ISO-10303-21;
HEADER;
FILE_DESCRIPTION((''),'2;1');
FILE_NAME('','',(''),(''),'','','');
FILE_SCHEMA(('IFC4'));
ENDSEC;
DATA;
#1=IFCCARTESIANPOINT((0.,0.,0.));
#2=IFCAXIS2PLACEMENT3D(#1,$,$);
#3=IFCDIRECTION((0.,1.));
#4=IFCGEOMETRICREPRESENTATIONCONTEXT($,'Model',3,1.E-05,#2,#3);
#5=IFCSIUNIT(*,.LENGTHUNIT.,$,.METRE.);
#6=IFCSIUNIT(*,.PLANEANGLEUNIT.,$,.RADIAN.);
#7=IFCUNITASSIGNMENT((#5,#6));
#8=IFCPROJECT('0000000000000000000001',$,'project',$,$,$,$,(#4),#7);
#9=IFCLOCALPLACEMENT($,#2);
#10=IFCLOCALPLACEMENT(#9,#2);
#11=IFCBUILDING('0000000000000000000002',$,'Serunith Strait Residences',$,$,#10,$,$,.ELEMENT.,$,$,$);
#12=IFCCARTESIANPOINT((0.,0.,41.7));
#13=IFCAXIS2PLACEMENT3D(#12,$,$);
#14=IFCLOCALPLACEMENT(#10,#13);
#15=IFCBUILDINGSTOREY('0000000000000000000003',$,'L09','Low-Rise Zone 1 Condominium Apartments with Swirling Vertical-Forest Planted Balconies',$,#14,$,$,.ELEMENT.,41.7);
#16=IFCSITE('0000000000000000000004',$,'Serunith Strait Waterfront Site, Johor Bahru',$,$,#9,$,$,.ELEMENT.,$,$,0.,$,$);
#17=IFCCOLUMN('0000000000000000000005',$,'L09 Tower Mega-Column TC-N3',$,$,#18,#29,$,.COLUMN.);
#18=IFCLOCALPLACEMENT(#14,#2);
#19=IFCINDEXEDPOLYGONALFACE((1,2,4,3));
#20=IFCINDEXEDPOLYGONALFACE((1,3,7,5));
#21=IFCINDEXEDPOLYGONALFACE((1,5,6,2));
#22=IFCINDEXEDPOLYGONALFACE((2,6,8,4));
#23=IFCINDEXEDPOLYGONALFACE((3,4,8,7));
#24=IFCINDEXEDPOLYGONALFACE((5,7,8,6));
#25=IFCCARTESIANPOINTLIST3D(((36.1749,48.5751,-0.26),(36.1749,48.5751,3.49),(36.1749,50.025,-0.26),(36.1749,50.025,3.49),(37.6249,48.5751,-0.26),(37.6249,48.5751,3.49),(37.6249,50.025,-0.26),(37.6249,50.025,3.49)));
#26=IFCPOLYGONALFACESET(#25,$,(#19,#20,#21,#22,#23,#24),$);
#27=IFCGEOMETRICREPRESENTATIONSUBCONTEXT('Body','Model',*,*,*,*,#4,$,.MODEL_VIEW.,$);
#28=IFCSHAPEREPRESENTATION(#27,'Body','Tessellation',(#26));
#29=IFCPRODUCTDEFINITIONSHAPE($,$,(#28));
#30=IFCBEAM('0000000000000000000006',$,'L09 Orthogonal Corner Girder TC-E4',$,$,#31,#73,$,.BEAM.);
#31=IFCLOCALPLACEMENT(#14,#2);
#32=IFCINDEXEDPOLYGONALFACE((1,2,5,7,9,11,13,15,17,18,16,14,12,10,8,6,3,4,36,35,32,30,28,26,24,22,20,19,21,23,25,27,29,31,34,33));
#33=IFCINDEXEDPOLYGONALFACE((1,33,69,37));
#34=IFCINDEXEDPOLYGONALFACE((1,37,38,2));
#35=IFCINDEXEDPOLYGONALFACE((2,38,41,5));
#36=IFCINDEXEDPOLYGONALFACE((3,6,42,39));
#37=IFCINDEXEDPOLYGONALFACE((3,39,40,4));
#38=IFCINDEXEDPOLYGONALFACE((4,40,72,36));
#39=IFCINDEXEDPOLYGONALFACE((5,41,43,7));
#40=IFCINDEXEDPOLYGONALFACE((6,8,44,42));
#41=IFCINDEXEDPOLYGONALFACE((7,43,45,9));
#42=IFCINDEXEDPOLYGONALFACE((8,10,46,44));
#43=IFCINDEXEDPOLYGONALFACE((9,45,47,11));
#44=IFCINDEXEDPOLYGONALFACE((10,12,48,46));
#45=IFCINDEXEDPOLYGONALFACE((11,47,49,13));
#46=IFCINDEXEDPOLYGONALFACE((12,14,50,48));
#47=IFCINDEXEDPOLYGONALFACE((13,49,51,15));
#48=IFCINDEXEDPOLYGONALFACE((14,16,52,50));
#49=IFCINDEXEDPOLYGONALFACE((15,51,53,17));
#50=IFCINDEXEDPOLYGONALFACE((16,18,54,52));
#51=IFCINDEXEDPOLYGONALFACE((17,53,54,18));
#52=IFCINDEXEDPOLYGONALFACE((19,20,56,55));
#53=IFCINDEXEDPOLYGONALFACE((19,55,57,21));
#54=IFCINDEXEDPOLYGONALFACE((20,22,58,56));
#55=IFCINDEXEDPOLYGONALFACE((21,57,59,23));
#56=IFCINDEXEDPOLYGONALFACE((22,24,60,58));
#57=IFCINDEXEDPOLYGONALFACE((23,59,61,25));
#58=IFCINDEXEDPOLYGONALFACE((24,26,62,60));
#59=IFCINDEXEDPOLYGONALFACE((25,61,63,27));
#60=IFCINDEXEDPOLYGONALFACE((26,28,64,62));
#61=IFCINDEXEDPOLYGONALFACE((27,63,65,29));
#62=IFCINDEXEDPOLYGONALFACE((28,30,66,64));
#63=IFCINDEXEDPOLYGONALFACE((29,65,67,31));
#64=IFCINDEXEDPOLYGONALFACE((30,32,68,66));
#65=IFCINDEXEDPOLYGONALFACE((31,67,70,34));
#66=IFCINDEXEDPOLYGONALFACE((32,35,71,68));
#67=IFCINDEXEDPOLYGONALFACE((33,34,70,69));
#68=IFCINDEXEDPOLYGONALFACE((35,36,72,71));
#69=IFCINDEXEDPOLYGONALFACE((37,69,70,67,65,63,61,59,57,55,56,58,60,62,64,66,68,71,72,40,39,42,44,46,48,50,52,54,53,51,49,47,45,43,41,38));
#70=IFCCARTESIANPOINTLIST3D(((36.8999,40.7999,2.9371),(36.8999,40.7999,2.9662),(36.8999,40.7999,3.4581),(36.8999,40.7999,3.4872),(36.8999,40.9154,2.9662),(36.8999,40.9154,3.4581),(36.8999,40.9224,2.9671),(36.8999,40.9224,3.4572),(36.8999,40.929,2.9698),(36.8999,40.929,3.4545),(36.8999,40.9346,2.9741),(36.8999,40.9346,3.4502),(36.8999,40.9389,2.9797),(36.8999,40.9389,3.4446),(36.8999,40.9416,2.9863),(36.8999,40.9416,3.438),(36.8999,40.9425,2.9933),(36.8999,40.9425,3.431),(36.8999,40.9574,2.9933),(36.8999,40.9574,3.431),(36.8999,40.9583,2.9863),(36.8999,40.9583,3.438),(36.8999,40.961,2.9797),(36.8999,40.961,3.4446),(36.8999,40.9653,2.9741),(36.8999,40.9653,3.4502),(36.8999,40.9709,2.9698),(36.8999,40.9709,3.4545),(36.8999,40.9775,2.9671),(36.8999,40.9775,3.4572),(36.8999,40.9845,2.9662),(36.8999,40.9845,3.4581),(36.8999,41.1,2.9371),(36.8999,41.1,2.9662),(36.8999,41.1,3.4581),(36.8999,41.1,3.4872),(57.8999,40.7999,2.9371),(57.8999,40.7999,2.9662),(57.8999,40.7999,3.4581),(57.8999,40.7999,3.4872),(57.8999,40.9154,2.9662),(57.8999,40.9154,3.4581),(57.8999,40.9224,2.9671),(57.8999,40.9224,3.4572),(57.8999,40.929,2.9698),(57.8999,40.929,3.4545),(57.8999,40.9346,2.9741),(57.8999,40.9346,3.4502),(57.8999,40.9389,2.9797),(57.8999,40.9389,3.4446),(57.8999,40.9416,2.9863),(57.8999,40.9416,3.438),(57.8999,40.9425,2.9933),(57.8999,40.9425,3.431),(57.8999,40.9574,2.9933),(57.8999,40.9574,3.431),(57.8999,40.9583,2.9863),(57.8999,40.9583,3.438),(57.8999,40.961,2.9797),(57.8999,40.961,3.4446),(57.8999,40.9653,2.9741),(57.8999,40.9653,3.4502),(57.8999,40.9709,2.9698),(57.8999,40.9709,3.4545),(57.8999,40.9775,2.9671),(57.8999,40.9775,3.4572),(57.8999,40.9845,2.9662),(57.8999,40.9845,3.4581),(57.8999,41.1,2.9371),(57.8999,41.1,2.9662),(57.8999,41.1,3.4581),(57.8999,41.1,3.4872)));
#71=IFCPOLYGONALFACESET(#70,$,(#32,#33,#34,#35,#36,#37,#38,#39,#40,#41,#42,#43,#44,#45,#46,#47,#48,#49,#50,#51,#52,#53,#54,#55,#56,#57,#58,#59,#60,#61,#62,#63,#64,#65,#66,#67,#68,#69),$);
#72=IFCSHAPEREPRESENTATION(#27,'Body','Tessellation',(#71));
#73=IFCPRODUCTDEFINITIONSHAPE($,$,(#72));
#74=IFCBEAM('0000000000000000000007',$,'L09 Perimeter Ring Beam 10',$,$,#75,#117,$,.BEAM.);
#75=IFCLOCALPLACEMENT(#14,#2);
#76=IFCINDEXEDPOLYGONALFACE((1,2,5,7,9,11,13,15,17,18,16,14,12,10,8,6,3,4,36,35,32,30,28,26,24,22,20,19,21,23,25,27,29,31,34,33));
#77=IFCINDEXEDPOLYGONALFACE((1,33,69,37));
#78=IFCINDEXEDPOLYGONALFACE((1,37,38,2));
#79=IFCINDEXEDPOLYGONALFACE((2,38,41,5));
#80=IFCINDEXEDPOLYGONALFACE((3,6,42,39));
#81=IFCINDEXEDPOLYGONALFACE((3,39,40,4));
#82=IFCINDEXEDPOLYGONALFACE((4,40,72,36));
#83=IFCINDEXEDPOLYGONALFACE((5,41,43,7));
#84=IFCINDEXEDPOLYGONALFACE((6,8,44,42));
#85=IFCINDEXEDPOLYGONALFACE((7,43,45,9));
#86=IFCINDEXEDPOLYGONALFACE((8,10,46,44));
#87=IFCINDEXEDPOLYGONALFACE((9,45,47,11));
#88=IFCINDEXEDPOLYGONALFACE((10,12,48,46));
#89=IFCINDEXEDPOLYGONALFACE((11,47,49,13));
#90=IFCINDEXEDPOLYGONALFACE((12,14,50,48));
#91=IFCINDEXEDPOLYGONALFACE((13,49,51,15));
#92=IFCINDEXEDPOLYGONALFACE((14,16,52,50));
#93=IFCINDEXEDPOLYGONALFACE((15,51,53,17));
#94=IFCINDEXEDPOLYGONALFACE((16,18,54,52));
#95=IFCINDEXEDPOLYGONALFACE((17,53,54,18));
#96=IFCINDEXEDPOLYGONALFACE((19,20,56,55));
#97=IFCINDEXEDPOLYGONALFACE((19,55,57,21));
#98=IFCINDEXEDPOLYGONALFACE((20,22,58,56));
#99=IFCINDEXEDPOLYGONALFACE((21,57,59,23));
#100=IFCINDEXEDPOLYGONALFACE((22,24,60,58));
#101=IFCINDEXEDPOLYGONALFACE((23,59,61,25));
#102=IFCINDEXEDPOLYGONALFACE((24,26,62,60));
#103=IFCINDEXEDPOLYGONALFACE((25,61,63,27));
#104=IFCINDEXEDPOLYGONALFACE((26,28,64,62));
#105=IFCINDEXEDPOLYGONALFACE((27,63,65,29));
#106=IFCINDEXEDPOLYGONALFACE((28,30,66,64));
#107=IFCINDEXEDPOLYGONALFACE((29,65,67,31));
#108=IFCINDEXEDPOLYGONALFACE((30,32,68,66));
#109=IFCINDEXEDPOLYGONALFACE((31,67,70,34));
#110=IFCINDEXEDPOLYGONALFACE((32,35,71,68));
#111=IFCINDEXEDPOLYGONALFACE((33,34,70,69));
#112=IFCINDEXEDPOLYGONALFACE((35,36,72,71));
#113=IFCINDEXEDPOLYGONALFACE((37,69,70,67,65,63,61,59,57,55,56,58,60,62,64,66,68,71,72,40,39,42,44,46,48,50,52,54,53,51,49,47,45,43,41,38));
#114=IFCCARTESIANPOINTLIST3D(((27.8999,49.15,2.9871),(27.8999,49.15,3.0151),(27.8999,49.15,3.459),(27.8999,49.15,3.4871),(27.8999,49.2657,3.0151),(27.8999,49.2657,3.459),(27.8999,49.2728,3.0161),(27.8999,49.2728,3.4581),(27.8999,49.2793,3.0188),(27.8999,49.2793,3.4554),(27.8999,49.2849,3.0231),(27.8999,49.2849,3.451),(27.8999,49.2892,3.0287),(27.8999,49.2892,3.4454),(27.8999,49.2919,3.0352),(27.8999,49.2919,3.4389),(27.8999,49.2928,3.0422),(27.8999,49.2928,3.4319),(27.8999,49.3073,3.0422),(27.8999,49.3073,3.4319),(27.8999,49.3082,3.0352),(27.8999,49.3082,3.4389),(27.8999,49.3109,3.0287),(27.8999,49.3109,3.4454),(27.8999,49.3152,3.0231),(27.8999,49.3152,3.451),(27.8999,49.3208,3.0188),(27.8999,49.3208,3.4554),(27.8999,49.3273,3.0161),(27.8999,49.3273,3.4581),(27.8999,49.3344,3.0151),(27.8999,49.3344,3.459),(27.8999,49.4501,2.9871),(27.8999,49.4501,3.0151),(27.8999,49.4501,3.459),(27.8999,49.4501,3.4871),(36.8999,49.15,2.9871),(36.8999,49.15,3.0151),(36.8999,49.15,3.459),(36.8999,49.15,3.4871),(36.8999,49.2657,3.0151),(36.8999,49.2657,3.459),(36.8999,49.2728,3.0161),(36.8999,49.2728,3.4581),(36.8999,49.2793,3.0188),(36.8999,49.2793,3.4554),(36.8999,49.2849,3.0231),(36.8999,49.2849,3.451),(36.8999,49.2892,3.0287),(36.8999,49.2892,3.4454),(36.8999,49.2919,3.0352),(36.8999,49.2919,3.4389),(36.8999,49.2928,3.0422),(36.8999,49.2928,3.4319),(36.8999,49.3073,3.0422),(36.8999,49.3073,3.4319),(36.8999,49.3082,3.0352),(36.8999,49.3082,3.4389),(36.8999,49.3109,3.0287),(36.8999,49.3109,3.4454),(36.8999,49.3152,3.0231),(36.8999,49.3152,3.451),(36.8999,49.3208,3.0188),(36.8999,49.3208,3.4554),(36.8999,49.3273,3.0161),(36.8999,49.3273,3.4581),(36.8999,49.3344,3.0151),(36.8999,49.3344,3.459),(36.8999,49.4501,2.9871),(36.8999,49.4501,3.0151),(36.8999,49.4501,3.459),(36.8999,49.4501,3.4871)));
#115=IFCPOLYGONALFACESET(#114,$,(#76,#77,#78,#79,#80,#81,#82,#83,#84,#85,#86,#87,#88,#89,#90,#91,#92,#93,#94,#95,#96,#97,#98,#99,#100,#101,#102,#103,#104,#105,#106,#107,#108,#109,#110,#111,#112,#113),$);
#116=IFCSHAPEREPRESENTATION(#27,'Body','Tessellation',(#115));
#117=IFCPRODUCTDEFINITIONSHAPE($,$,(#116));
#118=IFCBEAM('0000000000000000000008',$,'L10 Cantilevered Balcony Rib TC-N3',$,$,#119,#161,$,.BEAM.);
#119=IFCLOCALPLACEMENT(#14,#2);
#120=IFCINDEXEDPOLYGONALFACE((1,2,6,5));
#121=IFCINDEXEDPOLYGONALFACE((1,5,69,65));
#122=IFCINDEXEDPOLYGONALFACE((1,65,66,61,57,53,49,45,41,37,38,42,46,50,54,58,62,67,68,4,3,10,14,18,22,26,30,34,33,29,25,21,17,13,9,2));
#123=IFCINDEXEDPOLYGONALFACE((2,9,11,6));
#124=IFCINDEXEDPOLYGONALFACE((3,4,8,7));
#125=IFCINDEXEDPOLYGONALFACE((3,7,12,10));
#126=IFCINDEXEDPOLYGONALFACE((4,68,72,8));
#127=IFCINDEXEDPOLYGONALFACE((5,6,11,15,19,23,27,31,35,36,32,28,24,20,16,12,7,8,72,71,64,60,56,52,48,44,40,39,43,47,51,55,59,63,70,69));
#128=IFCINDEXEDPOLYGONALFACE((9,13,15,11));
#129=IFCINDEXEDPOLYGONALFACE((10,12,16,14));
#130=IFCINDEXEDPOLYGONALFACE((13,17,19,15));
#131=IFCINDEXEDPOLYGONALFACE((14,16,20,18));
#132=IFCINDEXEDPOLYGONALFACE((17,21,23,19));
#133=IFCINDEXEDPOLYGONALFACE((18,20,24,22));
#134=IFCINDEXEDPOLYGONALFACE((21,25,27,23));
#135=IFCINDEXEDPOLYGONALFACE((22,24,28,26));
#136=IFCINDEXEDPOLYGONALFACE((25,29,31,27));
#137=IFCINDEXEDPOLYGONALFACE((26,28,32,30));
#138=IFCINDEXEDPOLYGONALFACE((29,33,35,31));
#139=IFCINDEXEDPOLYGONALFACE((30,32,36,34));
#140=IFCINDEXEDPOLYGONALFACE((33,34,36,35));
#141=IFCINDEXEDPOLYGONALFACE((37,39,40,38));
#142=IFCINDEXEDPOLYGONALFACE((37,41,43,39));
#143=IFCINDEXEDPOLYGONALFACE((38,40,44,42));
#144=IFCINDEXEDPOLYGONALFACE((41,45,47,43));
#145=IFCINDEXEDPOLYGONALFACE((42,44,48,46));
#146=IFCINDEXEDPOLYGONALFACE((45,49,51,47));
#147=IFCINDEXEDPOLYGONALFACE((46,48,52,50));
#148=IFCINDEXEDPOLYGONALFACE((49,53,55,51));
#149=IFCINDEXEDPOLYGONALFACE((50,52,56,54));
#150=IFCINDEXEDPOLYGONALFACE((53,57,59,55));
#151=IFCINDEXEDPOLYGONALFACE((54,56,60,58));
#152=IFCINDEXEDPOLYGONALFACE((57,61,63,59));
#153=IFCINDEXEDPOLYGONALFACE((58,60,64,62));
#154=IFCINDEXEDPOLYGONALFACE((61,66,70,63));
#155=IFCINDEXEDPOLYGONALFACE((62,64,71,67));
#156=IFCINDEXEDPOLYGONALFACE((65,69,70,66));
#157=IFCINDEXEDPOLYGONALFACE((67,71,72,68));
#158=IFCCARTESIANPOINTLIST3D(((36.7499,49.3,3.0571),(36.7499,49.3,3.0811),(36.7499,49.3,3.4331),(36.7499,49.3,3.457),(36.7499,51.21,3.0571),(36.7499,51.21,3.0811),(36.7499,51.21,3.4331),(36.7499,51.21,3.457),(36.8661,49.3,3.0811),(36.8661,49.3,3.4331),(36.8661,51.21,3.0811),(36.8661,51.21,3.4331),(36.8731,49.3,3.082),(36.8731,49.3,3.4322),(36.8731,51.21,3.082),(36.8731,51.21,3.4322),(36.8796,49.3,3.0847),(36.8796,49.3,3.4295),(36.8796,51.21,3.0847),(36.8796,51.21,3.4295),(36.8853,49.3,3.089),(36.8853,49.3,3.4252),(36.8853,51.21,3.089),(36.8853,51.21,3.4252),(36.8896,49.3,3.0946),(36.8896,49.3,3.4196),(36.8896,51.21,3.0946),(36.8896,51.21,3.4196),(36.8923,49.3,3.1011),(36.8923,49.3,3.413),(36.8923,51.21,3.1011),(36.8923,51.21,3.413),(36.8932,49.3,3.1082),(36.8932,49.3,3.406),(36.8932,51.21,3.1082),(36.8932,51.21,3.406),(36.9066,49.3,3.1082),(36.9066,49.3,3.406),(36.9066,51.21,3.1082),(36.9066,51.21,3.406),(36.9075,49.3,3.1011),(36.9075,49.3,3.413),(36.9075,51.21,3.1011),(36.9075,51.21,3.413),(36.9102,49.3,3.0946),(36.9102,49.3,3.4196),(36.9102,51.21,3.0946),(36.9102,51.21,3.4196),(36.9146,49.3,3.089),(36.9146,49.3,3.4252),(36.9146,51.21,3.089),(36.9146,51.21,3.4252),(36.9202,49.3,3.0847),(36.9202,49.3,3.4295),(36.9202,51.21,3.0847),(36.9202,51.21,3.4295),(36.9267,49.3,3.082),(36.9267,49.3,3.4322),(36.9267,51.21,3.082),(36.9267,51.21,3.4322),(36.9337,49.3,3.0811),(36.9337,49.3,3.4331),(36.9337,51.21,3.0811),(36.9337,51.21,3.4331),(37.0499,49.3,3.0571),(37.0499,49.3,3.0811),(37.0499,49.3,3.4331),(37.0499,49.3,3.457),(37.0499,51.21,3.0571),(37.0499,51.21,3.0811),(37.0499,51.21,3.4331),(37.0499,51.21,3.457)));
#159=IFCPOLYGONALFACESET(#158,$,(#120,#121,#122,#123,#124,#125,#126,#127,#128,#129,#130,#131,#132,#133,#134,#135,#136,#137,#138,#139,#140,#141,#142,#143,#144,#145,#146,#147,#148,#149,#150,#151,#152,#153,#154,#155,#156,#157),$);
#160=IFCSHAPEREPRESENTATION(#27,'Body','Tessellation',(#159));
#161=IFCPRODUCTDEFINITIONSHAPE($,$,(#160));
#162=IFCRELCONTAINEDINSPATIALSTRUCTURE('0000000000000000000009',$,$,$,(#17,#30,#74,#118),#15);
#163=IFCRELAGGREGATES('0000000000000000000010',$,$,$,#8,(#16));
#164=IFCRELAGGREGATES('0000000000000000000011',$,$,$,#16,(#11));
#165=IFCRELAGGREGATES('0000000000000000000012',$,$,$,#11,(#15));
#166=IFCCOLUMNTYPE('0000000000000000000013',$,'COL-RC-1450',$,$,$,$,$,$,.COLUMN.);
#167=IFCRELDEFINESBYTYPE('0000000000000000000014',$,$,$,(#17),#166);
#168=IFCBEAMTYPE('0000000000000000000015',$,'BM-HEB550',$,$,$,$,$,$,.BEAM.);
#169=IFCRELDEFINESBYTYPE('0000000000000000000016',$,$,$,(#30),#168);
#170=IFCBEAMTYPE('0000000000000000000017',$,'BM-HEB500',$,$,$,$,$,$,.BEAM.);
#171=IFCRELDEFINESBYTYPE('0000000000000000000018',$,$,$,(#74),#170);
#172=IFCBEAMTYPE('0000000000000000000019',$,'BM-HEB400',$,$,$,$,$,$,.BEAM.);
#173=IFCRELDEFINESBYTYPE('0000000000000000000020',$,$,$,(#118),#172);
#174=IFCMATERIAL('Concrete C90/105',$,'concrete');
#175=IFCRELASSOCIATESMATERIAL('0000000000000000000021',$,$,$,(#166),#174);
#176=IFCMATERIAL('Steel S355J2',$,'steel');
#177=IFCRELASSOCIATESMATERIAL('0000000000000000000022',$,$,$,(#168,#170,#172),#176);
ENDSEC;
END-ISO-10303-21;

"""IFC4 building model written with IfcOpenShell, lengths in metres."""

from ifc_helpers import new_model, si_unit, direction, frame, origin, origin_2d, place, context, subcontext, project, spatial, rectangle, i_section, extrude, source, transform, mapped, material, material_profile, profile_set, type_object, element, save


model = new_model("IFC4")

# Units and contexts
model_context = context("Model", 3, precision=1e-05, world=origin(), true_north=direction((0.0, 1.0)))
body_context = subcontext(model_context, "Body", "Model", "MODEL_VIEW")
ifc_project = project(units=[si_unit("LENGTHUNIT", "METRE"), si_unit("PLANEANGLEUNIT", "RADIAN")], contexts=[model_context])

# Site, building, storey
site_placement = place(None, origin())
site = spatial("IfcSite", under=ifc_project, at=site_placement, Name="Serunith Strait Waterfront Site, Johor Bahru", CompositionType="ELEMENT", RefElevation=0.0)
building_placement = place(site_placement, origin())
building = spatial("IfcBuilding", under=site, at=building_placement, Name="Serunith Strait Residences", CompositionType="ELEMENT")
storey_placement = place(building_placement, frame((0.0, 0.0, 41.7)))
storey = spatial("IfcBuildingStorey", under=building, at=storey_placement, Name="L09", Description="Low-Rise Zone 1 Condominium Apartments with Swirling Vertical-Forest Planted Balconies", CompositionType="ELEMENT", Elevation=41.7)

# Column
ifc_material_1 = material(Name="Concrete C90/105", Category="concrete")
ifc_material_profile_1 = material_profile(ifc_material_1, rectangle(XDim=1.45, YDim=1.45, at=origin_2d()), Name="RC 1450x1450")
ifc_profile_set_1 = profile_set([ifc_material_profile_1], Name="Concrete C90/105")
column_type = type_object("IfcColumnType", Name="COL-RC-1450", PredefinedType="COLUMN", material=ifc_profile_set_1)
shared_shape_1 = source(origin(), body_context, "Body", "SweptSolid", [
    extrude(rectangle(XDim=1.45, YDim=1.45, at=origin_2d()), origin(), (0.0, 0.0, 1.0), 3.75),
])
column_placement = place(storey_placement, frame((36.8999, 49.3, -0.26), z_axis=(0.0, 0.0, 1.0), x_axis=(1.0, 0.0, 0.0)))
element("IfcColumn", 1, at=column_placement, inside=storey, type_object=column_type, Name="L09 Tower Mega-Column TC-N3", PredefinedType="COLUMN", context=body_context, shape_type="MappedRepresentation", body=[
    mapped(shared_shape_1, transform((0.0, 0.0, 0.0), scale=1.0)),
])

# Beams
ifc_material_2 = material(Name="Steel S355J2", Category="steel")
ifc_material_profile_2 = material_profile(ifc_material_2, i_section(OverallWidth=0.3, OverallDepth=0.55, WebThickness=0.0149, FlangeThickness=0.0291, FilletRadius=0.0271, at=origin_2d()), Name="HEB 550")
ifc_profile_set_2 = profile_set([ifc_material_profile_2], Name="Steel S355J2")
beam_type_1 = type_object("IfcBeamType", Name="BM-HEB550", PredefinedType="BEAM", material=ifc_profile_set_2)
shared_shape_2 = source(origin(), body_context, "Body", "SweptSolid", [
    extrude(i_section(OverallWidth=0.3, OverallDepth=0.55, WebThickness=0.0149, FlangeThickness=0.0291, FilletRadius=0.0271, at=origin_2d()), origin(), (0.0, 0.0, 1.0), 21.0),
])
beam_1_placement = place(storey_placement, frame((36.8999, 40.95, 3.2122), z_axis=(1.0, 0.0, 0.0), x_axis=(0.0, 1.0, 0.0)))
element("IfcBeam", 2, at=beam_1_placement, inside=storey, type_object=beam_type_1, Name="L09 Orthogonal Corner Girder TC-E4", PredefinedType="BEAM", context=body_context, shape_type="MappedRepresentation", body=[
    mapped(shared_shape_2, transform((0.0, 0.0, 0.0), scale=1.0)),
])
ifc_material_profile_3 = material_profile(ifc_material_2, i_section(OverallWidth=0.3, OverallDepth=0.5, WebThickness=0.0144, FlangeThickness=0.0281, FilletRadius=0.0271, at=origin_2d()), Name="HEB 500")
ifc_profile_set_3 = profile_set([ifc_material_profile_3], Name="Steel S355J2")
beam_type_2 = type_object("IfcBeamType", Name="BM-HEB500", PredefinedType="BEAM", material=ifc_profile_set_3)
shared_shape_3 = source(origin(), body_context, "Body", "SweptSolid", [
    extrude(i_section(OverallWidth=0.3, OverallDepth=0.5, WebThickness=0.0144, FlangeThickness=0.0281, FilletRadius=0.0271, at=origin_2d()), origin(), (0.0, 0.0, 1.0), 9.0),
])
beam_2_placement = place(storey_placement, frame((36.8999, 49.3, 3.2371), z_axis=(-1.0, 0.0, 0.0), x_axis=(0.0, -1.0, 0.0)))
element("IfcBeam", 3, at=beam_2_placement, inside=storey, type_object=beam_type_2, Name="L09 Perimeter Ring Beam 10", PredefinedType="BEAM", context=body_context, shape_type="MappedRepresentation", body=[
    mapped(shared_shape_3, transform((0.0, 0.0, 0.0), scale=1.0)),
])
ifc_material_profile_4 = material_profile(ifc_material_2, i_section(OverallWidth=0.3, OverallDepth=0.3999, WebThickness=0.0134, FlangeThickness=0.0239, FilletRadius=0.0271, at=origin_2d()), Name="HEB 400")
ifc_profile_set_4 = profile_set([ifc_material_profile_4], Name="Steel S355J2")
beam_type_3 = type_object("IfcBeamType", Name="BM-HEB400", PredefinedType="BEAM", material=ifc_profile_set_4)
shared_shape_4 = source(origin(), body_context, "Body", "SweptSolid", [
    extrude(i_section(OverallWidth=0.3, OverallDepth=0.3999, WebThickness=0.0134, FlangeThickness=0.0239, FilletRadius=0.0271, at=origin_2d()), origin(), (0.0, 0.0, 1.0), 1.9099),
])
beam_3_placement = place(storey_placement, frame((36.8999, 49.3, 3.2571), z_axis=(0.0, 1.0, 0.0), x_axis=(-1.0, 0.0, 0.0)))
element("IfcBeam", 4, at=beam_3_placement, inside=storey, type_object=beam_type_3, Name="L10 Cantilevered Balcony Rib TC-N3", PredefinedType="BEAM", context=body_context, shape_type="MappedRepresentation", body=[
    mapped(shared_shape_4, transform((0.0, 0.0, 0.0), scale=1.0)),
])

save(model, "model.ifc")
